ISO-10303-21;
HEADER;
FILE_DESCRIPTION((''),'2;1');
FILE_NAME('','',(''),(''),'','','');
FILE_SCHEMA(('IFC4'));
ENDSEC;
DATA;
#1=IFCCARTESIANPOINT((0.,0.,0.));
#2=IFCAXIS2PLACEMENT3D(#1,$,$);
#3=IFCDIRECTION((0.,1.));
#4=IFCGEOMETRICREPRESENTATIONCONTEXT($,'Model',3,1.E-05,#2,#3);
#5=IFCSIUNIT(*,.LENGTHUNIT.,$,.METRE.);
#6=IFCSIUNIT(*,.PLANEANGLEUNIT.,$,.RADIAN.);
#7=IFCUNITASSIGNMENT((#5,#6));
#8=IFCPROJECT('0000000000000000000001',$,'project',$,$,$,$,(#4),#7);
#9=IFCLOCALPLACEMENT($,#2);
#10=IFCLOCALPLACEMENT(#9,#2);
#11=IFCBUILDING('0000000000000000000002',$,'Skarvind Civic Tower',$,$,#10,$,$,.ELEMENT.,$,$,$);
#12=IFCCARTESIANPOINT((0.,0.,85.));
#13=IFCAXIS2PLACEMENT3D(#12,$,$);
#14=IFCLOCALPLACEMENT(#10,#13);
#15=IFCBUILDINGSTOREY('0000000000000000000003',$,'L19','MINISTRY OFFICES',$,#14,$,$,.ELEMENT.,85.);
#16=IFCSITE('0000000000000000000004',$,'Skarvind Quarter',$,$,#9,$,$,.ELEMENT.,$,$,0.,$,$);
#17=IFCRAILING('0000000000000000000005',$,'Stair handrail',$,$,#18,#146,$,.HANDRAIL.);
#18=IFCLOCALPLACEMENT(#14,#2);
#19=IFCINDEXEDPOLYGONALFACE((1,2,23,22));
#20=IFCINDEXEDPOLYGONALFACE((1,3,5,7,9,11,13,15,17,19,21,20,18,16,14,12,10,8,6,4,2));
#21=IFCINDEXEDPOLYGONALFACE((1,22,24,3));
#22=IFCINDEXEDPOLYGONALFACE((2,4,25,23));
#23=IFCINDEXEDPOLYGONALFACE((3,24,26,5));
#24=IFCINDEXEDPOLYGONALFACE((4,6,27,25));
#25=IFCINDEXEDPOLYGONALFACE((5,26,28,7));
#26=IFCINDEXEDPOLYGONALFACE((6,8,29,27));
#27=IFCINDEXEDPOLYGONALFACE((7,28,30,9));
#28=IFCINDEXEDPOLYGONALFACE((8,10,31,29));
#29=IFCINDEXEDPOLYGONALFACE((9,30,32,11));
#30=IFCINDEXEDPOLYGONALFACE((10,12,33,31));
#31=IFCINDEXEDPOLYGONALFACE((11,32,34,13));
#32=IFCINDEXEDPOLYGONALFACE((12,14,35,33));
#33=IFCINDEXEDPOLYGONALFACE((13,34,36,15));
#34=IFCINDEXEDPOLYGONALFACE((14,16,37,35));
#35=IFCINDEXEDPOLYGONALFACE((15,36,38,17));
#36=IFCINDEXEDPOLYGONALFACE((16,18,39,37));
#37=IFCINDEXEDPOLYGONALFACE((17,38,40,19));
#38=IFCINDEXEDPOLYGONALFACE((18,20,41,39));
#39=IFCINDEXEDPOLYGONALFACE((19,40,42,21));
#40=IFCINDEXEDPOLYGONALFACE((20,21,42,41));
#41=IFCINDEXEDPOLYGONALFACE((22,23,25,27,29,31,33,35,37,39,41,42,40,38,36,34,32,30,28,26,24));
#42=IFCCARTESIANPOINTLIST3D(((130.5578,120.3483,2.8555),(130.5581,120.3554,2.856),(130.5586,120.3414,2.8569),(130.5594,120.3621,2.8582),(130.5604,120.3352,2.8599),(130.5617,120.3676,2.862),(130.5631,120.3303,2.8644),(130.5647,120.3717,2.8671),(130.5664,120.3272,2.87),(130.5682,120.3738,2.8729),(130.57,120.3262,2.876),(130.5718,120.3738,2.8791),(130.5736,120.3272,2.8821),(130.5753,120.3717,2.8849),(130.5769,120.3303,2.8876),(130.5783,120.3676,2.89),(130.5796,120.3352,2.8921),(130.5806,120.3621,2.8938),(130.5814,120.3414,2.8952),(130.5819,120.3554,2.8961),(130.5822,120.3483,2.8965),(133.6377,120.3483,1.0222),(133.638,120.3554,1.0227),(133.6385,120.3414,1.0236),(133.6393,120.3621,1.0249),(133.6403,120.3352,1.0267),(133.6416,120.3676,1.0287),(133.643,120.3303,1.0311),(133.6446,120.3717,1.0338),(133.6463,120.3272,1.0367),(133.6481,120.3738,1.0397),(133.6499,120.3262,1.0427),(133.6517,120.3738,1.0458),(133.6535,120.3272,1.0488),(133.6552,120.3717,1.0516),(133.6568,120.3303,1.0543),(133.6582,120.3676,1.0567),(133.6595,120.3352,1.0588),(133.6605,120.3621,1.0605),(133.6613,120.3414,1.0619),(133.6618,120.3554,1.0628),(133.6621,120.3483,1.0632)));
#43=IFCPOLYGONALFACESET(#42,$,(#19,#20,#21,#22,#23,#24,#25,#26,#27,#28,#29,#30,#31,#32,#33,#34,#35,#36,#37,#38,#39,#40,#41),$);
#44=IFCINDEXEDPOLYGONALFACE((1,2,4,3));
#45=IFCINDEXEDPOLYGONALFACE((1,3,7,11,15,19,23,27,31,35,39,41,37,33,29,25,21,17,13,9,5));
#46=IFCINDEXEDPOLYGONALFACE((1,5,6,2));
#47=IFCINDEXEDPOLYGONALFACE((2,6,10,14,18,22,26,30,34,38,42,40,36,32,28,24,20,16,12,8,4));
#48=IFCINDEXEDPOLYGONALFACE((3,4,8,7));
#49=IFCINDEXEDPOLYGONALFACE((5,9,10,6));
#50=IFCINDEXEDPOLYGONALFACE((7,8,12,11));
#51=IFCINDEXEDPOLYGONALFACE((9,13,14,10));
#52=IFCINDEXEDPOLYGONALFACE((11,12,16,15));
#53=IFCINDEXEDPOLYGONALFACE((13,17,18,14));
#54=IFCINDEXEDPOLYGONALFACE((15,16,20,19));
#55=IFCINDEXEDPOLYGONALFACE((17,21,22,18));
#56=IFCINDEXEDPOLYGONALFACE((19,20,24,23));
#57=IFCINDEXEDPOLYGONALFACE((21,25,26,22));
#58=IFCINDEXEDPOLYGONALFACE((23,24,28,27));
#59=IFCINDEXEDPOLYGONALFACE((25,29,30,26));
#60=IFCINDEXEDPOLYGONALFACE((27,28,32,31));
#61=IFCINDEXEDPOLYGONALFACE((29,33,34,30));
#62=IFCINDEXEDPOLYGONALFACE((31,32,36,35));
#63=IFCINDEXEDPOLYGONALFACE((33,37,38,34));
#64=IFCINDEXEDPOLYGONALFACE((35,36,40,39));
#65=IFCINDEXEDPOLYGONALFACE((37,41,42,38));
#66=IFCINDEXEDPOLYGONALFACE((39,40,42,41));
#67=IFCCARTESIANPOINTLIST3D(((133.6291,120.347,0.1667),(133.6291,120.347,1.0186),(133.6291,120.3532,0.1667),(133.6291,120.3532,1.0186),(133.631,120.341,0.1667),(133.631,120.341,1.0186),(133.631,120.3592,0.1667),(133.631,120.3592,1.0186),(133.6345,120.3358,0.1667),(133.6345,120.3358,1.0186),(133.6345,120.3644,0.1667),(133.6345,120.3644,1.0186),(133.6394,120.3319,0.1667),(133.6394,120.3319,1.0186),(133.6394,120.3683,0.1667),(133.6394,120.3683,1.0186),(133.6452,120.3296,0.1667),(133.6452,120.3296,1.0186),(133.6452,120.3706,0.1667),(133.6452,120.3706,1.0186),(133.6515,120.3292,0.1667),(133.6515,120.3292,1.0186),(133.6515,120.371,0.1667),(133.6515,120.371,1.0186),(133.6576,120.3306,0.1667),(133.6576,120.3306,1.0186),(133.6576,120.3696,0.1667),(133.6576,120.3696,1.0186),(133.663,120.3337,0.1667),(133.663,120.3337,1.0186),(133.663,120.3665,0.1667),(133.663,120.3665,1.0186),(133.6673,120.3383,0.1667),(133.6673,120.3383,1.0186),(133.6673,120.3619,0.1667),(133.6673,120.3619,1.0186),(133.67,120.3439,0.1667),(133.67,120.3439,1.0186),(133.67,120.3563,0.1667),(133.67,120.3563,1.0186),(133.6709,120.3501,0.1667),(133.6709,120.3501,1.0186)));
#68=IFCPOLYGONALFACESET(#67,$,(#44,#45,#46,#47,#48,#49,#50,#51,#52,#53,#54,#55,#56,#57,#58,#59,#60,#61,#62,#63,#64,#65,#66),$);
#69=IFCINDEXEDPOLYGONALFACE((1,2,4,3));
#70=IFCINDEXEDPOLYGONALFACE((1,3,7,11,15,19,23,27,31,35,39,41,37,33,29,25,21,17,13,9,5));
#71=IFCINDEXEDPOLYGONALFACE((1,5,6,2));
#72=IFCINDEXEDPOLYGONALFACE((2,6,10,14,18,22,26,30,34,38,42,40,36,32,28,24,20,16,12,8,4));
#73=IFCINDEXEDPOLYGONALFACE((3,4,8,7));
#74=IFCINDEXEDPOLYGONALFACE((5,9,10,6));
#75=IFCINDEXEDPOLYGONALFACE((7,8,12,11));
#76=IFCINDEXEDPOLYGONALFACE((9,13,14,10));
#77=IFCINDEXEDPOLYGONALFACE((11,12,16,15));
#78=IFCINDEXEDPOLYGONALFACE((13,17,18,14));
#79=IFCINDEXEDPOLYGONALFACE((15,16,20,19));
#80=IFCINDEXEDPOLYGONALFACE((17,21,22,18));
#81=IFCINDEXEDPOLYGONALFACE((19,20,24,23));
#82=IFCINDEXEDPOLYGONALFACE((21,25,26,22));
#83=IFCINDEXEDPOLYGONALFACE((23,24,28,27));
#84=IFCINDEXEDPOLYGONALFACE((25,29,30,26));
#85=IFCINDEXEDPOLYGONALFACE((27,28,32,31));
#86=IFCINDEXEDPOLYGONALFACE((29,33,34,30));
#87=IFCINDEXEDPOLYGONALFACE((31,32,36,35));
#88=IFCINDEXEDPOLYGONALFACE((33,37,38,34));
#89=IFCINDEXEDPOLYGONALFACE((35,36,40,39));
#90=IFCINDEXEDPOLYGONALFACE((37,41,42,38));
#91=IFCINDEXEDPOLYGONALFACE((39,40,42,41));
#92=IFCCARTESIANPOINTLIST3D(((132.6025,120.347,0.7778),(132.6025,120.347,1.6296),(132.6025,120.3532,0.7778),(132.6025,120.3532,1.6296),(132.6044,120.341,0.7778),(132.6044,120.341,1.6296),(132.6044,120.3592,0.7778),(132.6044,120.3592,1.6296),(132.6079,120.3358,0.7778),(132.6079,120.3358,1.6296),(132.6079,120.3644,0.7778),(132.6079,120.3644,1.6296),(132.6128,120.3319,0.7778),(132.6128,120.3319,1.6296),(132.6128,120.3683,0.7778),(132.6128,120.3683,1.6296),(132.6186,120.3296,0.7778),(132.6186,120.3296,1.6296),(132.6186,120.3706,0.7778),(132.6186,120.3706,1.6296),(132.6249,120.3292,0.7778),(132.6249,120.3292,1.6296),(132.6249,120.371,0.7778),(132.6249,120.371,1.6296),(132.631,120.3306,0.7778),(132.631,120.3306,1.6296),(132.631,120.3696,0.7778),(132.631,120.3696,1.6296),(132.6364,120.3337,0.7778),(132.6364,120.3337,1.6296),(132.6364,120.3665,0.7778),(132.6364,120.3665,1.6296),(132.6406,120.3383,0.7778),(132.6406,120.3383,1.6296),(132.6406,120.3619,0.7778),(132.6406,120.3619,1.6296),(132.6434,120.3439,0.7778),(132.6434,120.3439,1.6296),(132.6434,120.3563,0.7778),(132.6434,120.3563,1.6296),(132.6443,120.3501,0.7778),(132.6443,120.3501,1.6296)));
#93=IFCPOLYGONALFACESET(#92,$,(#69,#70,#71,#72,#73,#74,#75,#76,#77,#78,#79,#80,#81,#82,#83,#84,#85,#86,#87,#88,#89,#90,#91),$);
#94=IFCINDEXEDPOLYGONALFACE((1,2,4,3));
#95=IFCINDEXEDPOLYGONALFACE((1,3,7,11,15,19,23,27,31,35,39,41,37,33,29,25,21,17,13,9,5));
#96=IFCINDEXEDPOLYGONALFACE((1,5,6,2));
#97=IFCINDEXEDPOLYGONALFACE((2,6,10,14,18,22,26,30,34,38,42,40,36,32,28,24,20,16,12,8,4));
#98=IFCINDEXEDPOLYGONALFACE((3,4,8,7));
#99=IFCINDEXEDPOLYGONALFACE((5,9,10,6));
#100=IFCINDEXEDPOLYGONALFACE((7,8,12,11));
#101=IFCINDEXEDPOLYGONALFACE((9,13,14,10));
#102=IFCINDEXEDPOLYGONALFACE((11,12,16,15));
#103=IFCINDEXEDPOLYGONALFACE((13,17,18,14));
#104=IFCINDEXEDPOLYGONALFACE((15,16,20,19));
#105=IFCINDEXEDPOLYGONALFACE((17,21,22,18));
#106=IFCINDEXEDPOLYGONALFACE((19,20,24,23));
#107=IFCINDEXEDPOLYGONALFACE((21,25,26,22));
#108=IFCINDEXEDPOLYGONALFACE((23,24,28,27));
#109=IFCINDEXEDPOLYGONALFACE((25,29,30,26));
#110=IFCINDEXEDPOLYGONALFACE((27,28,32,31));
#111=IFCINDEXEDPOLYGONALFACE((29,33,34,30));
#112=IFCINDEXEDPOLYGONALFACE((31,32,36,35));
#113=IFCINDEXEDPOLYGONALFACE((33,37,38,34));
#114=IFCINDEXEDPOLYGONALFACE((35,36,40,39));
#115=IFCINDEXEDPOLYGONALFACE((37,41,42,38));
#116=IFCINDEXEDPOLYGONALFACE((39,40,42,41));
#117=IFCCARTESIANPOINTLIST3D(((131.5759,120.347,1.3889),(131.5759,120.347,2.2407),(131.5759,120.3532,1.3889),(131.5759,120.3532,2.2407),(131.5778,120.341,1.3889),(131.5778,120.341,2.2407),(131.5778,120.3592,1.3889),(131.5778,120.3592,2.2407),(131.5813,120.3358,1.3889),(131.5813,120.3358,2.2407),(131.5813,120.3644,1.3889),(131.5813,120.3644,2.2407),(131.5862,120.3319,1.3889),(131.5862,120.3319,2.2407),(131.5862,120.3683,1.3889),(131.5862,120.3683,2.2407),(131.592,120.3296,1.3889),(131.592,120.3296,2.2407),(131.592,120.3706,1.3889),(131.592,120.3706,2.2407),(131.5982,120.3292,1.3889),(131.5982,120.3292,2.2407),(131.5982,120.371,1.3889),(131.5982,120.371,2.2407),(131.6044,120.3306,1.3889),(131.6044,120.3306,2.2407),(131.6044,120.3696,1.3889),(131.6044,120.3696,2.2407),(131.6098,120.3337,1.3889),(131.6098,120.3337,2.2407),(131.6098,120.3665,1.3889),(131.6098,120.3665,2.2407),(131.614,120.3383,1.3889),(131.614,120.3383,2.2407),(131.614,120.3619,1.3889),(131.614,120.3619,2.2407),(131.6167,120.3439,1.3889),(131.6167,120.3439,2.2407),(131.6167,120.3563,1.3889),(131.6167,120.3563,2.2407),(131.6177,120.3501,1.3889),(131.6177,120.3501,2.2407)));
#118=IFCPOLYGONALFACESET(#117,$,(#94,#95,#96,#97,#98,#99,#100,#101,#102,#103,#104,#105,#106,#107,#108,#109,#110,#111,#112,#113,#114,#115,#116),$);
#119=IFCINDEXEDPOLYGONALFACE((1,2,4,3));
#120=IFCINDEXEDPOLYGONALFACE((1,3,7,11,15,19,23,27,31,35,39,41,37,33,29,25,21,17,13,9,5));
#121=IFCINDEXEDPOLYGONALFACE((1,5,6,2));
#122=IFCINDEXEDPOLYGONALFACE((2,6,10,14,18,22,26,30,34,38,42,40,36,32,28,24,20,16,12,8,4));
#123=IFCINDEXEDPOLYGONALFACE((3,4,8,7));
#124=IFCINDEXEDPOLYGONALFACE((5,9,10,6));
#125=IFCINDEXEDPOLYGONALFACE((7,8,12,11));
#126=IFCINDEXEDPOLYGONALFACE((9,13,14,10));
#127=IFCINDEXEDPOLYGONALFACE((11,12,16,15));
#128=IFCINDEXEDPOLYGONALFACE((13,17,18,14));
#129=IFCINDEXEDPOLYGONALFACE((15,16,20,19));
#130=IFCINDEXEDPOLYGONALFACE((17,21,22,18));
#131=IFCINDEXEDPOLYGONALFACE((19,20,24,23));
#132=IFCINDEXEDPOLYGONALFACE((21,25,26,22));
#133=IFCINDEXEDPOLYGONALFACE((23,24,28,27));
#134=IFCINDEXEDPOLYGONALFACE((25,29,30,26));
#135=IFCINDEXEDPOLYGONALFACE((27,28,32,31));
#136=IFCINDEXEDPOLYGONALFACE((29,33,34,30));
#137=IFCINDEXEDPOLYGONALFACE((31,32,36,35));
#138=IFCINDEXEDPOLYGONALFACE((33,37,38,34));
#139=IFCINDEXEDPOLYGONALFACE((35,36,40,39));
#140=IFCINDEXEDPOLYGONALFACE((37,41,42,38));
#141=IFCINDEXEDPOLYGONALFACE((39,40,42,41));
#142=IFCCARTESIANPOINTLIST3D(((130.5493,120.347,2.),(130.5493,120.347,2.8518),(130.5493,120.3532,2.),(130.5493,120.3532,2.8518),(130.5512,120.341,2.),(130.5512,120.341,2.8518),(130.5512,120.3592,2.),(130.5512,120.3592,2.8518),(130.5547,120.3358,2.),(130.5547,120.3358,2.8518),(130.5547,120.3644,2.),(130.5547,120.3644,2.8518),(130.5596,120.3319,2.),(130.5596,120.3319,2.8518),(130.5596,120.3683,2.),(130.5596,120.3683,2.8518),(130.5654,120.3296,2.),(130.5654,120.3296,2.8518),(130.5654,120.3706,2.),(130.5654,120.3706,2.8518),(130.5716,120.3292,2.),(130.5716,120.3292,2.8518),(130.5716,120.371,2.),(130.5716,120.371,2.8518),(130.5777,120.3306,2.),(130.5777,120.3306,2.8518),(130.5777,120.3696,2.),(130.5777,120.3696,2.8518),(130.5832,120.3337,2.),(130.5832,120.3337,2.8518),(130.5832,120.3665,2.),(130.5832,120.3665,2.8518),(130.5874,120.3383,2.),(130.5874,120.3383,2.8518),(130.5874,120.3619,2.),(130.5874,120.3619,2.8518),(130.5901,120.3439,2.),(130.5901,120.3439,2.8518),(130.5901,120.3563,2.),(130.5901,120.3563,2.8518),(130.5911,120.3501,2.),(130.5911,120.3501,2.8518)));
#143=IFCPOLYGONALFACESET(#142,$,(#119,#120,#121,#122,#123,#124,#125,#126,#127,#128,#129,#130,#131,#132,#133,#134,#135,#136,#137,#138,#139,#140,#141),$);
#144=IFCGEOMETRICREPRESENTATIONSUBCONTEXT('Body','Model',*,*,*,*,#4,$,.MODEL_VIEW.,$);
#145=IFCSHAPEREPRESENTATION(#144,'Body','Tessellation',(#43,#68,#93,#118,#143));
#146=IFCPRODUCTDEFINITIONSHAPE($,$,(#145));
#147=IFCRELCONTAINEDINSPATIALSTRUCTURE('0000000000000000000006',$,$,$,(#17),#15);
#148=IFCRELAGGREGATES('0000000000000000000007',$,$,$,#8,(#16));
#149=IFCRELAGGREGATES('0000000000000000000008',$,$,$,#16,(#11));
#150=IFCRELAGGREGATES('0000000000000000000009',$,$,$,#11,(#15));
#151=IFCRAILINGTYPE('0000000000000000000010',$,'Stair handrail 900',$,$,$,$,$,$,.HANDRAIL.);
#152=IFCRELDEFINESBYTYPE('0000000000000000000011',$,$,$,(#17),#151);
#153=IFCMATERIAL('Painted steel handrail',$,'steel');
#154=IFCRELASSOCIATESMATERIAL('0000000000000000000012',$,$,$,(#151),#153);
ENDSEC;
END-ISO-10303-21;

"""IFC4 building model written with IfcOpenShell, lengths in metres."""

from ifc_helpers import new_model, si_unit, direction, frame, origin, origin_2d, place, context, subcontext, project, spatial, circle, extrude, material, type_object, element, save


model = new_model("IFC4")

# Units and contexts
model_context = context("Model", 3, precision=1e-05, world=origin(), true_north=direction((0.0, 1.0)))
body_context = subcontext(model_context, "Body", "Model", "MODEL_VIEW")
ifc_project = project(units=[si_unit("LENGTHUNIT", "METRE"), si_unit("PLANEANGLEUNIT", "RADIAN")], contexts=[model_context])

# Site, building, storey
site_placement = place(None, origin())
site = spatial("IfcSite", under=ifc_project, at=site_placement, Name="Skarvind Quarter", CompositionType="ELEMENT", RefElevation=0.0)
building_placement = place(site_placement, origin())
building = spatial("IfcBuilding", under=site, at=building_placement, Name="Skarvind Civic Tower", CompositionType="ELEMENT")
storey_placement = place(building_placement, frame((0.0, 0.0, 85.0)))
storey = spatial("IfcBuildingStorey", under=building, at=storey_placement, Name="L19", Description="MINISTRY OFFICES", CompositionType="ELEMENT", Elevation=85.0)

# Railing
ifc_material_1 = material(Name="Painted steel handrail", Category="steel")
railing_type = type_object("IfcRailingType", Name="Stair handrail 900", PredefinedType="HANDRAIL", material=ifc_material_1)
railing_1_placement = place(storey_placement, frame((133.6499, 120.3501, 0.1667)))
element("IfcRailing", 1, at=railing_1_placement, inside=storey, type_object=railing_type, Name="Stair handrail", PredefinedType="HANDRAIL", context=body_context, shape_type="SweptSolid", body=[
    extrude(circle(Radius=0.0239, at=origin_2d()), frame((0.0, 0.0, 0.876), z_axis=(-0.859291, 0.0, 0.511487), x_axis=(0.0, -1.0, 0.0)), (0.0, 0.0, 1.0), 3.5842),
    extrude(circle(Radius=0.021, at=origin_2d()), origin(), (0.0, 0.0, 1.0), 0.8518),
    extrude(circle(Radius=0.021, at=origin_2d()), frame((-1.0266, 0.0, 0.6111)), (0.0, 0.0, 1.0), 0.8518),
    extrude(circle(Radius=0.021, at=origin_2d()), frame((-2.0532, 0.0, 1.2222)), (0.0, 0.0, 1.0), 0.8518),
    extrude(circle(Radius=0.021, at=origin_2d()), frame((-3.0798, 0.0, 1.8333)), (0.0, 0.0, 1.0), 0.8518),
])

save(model, "model.ifc")
